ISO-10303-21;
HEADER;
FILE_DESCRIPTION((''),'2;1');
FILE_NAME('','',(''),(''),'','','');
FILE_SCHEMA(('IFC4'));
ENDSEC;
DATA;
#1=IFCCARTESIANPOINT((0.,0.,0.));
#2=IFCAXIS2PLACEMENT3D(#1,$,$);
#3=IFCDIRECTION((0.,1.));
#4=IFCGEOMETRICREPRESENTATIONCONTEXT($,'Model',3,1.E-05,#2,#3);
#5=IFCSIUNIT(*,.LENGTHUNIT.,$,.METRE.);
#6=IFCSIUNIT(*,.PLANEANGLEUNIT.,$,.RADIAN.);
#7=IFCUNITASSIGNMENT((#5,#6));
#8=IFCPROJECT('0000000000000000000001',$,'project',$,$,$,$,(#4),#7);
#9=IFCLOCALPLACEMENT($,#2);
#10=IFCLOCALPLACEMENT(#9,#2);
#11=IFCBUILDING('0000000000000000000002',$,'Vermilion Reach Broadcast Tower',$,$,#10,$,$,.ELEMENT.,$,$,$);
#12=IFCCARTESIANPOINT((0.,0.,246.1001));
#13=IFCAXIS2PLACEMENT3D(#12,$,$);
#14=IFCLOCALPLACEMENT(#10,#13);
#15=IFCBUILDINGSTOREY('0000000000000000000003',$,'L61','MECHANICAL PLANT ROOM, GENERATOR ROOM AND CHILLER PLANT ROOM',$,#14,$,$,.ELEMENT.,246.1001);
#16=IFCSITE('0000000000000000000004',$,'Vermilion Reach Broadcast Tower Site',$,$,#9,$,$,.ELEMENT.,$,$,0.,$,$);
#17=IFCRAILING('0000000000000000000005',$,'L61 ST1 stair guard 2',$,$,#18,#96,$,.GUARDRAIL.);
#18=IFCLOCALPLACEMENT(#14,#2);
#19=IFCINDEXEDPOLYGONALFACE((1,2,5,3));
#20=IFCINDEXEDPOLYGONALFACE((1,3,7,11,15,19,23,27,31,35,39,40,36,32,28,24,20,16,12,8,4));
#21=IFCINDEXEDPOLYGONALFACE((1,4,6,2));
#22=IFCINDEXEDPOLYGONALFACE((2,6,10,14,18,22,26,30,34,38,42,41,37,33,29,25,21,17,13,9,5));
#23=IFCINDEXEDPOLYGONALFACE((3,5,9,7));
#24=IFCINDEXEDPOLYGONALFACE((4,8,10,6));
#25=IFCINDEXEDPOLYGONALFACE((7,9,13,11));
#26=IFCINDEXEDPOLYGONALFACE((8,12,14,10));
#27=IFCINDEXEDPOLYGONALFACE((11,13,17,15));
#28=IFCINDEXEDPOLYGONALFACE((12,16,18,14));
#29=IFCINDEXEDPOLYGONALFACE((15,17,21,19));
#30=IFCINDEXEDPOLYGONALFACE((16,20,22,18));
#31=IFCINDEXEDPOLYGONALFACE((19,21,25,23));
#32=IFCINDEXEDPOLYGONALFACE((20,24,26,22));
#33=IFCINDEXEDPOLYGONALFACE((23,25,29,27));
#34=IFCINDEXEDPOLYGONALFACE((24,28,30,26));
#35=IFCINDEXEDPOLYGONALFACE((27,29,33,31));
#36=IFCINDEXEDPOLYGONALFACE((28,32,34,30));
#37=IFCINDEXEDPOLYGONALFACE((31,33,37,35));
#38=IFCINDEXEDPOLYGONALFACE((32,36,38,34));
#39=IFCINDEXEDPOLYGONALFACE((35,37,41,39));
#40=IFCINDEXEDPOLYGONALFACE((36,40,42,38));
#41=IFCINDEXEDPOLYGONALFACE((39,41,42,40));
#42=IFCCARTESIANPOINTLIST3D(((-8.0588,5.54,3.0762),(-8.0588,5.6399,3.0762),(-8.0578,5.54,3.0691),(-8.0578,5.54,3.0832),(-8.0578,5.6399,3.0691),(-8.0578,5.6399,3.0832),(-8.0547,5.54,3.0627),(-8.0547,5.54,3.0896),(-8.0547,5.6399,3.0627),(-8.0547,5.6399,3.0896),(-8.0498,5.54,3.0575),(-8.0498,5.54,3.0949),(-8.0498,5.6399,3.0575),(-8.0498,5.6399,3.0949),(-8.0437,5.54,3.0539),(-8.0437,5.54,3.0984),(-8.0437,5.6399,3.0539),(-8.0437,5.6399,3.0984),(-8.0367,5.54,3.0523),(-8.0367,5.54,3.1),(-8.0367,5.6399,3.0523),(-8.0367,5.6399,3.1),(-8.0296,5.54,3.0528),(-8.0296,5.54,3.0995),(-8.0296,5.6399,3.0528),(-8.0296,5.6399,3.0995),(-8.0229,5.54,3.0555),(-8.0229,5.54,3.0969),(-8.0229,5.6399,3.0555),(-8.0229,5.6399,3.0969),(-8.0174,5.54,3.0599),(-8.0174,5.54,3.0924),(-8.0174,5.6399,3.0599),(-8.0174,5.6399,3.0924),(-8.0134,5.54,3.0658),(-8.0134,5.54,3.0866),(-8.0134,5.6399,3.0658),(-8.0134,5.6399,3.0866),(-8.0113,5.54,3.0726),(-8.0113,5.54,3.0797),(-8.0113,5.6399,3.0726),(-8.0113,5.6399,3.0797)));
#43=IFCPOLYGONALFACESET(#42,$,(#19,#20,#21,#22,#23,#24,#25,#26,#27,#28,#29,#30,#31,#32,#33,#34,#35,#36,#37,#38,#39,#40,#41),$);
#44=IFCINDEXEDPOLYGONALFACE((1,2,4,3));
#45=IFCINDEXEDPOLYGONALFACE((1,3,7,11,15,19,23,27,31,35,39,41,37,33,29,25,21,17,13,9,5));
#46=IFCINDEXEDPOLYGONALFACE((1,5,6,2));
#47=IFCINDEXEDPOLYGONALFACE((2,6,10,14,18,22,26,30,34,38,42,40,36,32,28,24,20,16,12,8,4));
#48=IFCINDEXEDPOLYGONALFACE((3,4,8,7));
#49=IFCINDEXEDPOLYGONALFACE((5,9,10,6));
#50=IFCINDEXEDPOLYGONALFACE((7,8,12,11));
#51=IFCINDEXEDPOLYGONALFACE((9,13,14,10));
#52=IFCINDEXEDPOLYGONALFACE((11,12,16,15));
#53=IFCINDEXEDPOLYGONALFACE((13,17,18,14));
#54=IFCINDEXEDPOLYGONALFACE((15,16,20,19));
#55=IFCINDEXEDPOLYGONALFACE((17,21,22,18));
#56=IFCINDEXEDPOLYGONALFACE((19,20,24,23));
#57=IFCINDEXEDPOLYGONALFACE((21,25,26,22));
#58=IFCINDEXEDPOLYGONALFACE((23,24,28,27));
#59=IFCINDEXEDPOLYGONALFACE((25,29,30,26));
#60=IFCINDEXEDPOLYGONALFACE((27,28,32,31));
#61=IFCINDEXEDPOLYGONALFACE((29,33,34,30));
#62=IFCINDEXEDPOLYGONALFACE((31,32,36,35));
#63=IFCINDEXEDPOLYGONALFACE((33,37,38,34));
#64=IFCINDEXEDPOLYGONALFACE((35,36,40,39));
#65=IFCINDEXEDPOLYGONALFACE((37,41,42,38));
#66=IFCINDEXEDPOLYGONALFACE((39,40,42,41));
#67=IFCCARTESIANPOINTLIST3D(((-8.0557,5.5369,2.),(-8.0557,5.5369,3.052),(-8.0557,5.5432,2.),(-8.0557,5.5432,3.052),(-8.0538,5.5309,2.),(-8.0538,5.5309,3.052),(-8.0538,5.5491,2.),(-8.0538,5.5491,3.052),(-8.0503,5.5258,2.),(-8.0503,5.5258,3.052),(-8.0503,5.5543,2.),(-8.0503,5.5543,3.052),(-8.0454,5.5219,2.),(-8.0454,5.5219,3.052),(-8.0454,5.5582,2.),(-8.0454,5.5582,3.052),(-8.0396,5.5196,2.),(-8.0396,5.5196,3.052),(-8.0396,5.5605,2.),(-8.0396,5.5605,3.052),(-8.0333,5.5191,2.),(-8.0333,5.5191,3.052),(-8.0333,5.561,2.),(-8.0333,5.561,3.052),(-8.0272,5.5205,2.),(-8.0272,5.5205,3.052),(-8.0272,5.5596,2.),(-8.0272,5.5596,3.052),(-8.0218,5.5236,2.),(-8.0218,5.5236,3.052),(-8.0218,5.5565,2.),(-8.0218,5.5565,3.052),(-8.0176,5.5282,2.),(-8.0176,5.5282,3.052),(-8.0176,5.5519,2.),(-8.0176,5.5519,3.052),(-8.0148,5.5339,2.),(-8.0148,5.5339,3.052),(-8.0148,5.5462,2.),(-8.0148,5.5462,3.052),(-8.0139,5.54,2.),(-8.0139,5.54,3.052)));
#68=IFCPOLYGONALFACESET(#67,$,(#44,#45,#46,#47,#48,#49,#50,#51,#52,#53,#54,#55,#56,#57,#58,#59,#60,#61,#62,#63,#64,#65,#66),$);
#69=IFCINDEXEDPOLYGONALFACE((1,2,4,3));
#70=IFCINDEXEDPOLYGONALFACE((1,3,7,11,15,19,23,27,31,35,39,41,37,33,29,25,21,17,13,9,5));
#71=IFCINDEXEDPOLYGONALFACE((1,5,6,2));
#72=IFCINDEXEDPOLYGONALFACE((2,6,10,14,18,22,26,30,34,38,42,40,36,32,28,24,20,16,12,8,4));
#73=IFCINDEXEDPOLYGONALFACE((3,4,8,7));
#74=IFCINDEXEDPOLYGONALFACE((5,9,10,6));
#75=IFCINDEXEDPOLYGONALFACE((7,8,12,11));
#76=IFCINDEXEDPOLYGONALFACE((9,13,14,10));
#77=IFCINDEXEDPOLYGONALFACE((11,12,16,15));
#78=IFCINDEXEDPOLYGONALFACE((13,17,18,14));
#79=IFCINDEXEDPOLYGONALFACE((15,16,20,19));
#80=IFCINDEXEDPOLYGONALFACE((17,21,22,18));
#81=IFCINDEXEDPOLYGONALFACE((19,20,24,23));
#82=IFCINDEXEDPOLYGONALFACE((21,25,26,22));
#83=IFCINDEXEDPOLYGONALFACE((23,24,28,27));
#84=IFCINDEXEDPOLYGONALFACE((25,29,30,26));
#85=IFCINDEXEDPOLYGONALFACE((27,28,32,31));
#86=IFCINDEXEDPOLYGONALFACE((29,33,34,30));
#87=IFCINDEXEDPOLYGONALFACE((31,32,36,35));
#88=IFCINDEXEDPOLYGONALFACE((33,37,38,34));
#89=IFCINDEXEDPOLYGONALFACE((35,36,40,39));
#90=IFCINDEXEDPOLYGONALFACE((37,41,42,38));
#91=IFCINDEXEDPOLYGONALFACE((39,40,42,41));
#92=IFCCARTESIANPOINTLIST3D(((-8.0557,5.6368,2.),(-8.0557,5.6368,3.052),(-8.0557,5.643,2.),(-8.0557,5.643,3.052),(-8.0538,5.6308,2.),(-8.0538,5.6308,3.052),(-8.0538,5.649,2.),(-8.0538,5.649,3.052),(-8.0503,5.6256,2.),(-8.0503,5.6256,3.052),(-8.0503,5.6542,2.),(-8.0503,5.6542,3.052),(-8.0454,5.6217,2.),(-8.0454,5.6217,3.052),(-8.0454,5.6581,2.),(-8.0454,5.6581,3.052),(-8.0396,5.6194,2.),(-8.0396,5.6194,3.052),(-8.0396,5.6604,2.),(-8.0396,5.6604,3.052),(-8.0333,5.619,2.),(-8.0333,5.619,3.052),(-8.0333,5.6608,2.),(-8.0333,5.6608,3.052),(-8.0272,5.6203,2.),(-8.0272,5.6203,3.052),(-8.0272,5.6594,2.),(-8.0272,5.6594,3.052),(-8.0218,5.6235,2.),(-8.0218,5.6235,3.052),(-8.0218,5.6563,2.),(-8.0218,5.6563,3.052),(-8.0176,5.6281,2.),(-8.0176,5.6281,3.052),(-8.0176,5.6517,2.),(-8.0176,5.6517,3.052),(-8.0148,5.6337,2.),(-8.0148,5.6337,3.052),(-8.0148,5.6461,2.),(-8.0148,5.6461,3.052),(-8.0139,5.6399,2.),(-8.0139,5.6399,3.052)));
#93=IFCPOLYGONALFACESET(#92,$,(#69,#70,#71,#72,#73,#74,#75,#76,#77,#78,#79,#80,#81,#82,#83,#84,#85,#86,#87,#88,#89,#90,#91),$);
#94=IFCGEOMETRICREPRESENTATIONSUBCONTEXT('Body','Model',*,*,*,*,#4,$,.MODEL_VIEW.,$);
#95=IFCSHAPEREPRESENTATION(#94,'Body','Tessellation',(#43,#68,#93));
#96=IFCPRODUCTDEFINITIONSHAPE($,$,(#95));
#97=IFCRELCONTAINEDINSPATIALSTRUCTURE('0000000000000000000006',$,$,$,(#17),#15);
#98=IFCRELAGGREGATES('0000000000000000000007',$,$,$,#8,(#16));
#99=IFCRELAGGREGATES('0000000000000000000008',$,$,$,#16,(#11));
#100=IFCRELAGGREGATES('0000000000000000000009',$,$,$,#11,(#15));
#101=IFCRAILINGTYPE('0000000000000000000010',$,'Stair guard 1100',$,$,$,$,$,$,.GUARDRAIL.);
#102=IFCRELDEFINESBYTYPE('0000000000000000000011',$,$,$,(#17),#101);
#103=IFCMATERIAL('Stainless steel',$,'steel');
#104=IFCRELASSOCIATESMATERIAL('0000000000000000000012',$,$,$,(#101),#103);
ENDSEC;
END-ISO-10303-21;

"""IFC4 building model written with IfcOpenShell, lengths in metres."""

from ifc_helpers import new_model, si_unit, direction, frame, origin, origin_2d, place, context, subcontext, project, spatial, circle, extrude, material, type_object, element, save


model = new_model("IFC4")

# Units and contexts
model_context = context("Model", 3, precision=1e-05, world=origin(), true_north=direction((0.0, 1.0)))
body_context = subcontext(model_context, "Body", "Model", "MODEL_VIEW")
ifc_project = project(units=[si_unit("LENGTHUNIT", "METRE"), si_unit("PLANEANGLEUNIT", "RADIAN")], contexts=[model_context])

# Site, building, storey
site_placement = place(None, origin())
site = spatial("IfcSite", under=ifc_project, at=site_placement, Name="Vermilion Reach Broadcast Tower Site", CompositionType="ELEMENT", RefElevation=0.0)
building_placement = place(site_placement, origin())
building = spatial("IfcBuilding", under=site, at=building_placement, Name="Vermilion Reach Broadcast Tower", CompositionType="ELEMENT")
storey_placement = place(building_placement, frame((0.0, 0.0, 246.1001)))
storey = spatial("IfcBuildingStorey", under=building, at=storey_placement, Name="L61", Description="MECHANICAL PLANT ROOM, GENERATOR ROOM AND CHILLER PLANT ROOM", CompositionType="ELEMENT", Elevation=246.1001)

# Railing
ifc_material_1 = material(Name="Stainless steel", Category="steel")
railing_type_1 = type_object("IfcRailingType", Name="Stair guard 1100", PredefinedType="GUARDRAIL", material=ifc_material_1)
railing_1_placement = place(storey_placement, frame((-8.0349, 5.54, 2.0)))
element("IfcRailing", 1, at=railing_1_placement, inside=storey, type_object=railing_type_1, Name="L61 ST1 stair guard 2", PredefinedType="GUARDRAIL", context=body_context, shape_type="SweptSolid", body=[
    extrude(circle(Radius=0.0239, at=origin_2d()), frame((0.0, 0.0, 1.0762), z_axis=(0.0, 1.0, 0.0), x_axis=(-1.0, 0.0, 0.0)), (0.0, 0.0, 1.0), 0.0999),
    extrude(circle(Radius=0.021, at=origin_2d()), origin(), (0.0, 0.0, 1.0), 1.052),
    extrude(circle(Radius=0.021, at=origin_2d()), frame((0.0, 0.0999, 0.0)), (0.0, 0.0, 1.0), 1.052),
])

save(model, "model.ifc")
